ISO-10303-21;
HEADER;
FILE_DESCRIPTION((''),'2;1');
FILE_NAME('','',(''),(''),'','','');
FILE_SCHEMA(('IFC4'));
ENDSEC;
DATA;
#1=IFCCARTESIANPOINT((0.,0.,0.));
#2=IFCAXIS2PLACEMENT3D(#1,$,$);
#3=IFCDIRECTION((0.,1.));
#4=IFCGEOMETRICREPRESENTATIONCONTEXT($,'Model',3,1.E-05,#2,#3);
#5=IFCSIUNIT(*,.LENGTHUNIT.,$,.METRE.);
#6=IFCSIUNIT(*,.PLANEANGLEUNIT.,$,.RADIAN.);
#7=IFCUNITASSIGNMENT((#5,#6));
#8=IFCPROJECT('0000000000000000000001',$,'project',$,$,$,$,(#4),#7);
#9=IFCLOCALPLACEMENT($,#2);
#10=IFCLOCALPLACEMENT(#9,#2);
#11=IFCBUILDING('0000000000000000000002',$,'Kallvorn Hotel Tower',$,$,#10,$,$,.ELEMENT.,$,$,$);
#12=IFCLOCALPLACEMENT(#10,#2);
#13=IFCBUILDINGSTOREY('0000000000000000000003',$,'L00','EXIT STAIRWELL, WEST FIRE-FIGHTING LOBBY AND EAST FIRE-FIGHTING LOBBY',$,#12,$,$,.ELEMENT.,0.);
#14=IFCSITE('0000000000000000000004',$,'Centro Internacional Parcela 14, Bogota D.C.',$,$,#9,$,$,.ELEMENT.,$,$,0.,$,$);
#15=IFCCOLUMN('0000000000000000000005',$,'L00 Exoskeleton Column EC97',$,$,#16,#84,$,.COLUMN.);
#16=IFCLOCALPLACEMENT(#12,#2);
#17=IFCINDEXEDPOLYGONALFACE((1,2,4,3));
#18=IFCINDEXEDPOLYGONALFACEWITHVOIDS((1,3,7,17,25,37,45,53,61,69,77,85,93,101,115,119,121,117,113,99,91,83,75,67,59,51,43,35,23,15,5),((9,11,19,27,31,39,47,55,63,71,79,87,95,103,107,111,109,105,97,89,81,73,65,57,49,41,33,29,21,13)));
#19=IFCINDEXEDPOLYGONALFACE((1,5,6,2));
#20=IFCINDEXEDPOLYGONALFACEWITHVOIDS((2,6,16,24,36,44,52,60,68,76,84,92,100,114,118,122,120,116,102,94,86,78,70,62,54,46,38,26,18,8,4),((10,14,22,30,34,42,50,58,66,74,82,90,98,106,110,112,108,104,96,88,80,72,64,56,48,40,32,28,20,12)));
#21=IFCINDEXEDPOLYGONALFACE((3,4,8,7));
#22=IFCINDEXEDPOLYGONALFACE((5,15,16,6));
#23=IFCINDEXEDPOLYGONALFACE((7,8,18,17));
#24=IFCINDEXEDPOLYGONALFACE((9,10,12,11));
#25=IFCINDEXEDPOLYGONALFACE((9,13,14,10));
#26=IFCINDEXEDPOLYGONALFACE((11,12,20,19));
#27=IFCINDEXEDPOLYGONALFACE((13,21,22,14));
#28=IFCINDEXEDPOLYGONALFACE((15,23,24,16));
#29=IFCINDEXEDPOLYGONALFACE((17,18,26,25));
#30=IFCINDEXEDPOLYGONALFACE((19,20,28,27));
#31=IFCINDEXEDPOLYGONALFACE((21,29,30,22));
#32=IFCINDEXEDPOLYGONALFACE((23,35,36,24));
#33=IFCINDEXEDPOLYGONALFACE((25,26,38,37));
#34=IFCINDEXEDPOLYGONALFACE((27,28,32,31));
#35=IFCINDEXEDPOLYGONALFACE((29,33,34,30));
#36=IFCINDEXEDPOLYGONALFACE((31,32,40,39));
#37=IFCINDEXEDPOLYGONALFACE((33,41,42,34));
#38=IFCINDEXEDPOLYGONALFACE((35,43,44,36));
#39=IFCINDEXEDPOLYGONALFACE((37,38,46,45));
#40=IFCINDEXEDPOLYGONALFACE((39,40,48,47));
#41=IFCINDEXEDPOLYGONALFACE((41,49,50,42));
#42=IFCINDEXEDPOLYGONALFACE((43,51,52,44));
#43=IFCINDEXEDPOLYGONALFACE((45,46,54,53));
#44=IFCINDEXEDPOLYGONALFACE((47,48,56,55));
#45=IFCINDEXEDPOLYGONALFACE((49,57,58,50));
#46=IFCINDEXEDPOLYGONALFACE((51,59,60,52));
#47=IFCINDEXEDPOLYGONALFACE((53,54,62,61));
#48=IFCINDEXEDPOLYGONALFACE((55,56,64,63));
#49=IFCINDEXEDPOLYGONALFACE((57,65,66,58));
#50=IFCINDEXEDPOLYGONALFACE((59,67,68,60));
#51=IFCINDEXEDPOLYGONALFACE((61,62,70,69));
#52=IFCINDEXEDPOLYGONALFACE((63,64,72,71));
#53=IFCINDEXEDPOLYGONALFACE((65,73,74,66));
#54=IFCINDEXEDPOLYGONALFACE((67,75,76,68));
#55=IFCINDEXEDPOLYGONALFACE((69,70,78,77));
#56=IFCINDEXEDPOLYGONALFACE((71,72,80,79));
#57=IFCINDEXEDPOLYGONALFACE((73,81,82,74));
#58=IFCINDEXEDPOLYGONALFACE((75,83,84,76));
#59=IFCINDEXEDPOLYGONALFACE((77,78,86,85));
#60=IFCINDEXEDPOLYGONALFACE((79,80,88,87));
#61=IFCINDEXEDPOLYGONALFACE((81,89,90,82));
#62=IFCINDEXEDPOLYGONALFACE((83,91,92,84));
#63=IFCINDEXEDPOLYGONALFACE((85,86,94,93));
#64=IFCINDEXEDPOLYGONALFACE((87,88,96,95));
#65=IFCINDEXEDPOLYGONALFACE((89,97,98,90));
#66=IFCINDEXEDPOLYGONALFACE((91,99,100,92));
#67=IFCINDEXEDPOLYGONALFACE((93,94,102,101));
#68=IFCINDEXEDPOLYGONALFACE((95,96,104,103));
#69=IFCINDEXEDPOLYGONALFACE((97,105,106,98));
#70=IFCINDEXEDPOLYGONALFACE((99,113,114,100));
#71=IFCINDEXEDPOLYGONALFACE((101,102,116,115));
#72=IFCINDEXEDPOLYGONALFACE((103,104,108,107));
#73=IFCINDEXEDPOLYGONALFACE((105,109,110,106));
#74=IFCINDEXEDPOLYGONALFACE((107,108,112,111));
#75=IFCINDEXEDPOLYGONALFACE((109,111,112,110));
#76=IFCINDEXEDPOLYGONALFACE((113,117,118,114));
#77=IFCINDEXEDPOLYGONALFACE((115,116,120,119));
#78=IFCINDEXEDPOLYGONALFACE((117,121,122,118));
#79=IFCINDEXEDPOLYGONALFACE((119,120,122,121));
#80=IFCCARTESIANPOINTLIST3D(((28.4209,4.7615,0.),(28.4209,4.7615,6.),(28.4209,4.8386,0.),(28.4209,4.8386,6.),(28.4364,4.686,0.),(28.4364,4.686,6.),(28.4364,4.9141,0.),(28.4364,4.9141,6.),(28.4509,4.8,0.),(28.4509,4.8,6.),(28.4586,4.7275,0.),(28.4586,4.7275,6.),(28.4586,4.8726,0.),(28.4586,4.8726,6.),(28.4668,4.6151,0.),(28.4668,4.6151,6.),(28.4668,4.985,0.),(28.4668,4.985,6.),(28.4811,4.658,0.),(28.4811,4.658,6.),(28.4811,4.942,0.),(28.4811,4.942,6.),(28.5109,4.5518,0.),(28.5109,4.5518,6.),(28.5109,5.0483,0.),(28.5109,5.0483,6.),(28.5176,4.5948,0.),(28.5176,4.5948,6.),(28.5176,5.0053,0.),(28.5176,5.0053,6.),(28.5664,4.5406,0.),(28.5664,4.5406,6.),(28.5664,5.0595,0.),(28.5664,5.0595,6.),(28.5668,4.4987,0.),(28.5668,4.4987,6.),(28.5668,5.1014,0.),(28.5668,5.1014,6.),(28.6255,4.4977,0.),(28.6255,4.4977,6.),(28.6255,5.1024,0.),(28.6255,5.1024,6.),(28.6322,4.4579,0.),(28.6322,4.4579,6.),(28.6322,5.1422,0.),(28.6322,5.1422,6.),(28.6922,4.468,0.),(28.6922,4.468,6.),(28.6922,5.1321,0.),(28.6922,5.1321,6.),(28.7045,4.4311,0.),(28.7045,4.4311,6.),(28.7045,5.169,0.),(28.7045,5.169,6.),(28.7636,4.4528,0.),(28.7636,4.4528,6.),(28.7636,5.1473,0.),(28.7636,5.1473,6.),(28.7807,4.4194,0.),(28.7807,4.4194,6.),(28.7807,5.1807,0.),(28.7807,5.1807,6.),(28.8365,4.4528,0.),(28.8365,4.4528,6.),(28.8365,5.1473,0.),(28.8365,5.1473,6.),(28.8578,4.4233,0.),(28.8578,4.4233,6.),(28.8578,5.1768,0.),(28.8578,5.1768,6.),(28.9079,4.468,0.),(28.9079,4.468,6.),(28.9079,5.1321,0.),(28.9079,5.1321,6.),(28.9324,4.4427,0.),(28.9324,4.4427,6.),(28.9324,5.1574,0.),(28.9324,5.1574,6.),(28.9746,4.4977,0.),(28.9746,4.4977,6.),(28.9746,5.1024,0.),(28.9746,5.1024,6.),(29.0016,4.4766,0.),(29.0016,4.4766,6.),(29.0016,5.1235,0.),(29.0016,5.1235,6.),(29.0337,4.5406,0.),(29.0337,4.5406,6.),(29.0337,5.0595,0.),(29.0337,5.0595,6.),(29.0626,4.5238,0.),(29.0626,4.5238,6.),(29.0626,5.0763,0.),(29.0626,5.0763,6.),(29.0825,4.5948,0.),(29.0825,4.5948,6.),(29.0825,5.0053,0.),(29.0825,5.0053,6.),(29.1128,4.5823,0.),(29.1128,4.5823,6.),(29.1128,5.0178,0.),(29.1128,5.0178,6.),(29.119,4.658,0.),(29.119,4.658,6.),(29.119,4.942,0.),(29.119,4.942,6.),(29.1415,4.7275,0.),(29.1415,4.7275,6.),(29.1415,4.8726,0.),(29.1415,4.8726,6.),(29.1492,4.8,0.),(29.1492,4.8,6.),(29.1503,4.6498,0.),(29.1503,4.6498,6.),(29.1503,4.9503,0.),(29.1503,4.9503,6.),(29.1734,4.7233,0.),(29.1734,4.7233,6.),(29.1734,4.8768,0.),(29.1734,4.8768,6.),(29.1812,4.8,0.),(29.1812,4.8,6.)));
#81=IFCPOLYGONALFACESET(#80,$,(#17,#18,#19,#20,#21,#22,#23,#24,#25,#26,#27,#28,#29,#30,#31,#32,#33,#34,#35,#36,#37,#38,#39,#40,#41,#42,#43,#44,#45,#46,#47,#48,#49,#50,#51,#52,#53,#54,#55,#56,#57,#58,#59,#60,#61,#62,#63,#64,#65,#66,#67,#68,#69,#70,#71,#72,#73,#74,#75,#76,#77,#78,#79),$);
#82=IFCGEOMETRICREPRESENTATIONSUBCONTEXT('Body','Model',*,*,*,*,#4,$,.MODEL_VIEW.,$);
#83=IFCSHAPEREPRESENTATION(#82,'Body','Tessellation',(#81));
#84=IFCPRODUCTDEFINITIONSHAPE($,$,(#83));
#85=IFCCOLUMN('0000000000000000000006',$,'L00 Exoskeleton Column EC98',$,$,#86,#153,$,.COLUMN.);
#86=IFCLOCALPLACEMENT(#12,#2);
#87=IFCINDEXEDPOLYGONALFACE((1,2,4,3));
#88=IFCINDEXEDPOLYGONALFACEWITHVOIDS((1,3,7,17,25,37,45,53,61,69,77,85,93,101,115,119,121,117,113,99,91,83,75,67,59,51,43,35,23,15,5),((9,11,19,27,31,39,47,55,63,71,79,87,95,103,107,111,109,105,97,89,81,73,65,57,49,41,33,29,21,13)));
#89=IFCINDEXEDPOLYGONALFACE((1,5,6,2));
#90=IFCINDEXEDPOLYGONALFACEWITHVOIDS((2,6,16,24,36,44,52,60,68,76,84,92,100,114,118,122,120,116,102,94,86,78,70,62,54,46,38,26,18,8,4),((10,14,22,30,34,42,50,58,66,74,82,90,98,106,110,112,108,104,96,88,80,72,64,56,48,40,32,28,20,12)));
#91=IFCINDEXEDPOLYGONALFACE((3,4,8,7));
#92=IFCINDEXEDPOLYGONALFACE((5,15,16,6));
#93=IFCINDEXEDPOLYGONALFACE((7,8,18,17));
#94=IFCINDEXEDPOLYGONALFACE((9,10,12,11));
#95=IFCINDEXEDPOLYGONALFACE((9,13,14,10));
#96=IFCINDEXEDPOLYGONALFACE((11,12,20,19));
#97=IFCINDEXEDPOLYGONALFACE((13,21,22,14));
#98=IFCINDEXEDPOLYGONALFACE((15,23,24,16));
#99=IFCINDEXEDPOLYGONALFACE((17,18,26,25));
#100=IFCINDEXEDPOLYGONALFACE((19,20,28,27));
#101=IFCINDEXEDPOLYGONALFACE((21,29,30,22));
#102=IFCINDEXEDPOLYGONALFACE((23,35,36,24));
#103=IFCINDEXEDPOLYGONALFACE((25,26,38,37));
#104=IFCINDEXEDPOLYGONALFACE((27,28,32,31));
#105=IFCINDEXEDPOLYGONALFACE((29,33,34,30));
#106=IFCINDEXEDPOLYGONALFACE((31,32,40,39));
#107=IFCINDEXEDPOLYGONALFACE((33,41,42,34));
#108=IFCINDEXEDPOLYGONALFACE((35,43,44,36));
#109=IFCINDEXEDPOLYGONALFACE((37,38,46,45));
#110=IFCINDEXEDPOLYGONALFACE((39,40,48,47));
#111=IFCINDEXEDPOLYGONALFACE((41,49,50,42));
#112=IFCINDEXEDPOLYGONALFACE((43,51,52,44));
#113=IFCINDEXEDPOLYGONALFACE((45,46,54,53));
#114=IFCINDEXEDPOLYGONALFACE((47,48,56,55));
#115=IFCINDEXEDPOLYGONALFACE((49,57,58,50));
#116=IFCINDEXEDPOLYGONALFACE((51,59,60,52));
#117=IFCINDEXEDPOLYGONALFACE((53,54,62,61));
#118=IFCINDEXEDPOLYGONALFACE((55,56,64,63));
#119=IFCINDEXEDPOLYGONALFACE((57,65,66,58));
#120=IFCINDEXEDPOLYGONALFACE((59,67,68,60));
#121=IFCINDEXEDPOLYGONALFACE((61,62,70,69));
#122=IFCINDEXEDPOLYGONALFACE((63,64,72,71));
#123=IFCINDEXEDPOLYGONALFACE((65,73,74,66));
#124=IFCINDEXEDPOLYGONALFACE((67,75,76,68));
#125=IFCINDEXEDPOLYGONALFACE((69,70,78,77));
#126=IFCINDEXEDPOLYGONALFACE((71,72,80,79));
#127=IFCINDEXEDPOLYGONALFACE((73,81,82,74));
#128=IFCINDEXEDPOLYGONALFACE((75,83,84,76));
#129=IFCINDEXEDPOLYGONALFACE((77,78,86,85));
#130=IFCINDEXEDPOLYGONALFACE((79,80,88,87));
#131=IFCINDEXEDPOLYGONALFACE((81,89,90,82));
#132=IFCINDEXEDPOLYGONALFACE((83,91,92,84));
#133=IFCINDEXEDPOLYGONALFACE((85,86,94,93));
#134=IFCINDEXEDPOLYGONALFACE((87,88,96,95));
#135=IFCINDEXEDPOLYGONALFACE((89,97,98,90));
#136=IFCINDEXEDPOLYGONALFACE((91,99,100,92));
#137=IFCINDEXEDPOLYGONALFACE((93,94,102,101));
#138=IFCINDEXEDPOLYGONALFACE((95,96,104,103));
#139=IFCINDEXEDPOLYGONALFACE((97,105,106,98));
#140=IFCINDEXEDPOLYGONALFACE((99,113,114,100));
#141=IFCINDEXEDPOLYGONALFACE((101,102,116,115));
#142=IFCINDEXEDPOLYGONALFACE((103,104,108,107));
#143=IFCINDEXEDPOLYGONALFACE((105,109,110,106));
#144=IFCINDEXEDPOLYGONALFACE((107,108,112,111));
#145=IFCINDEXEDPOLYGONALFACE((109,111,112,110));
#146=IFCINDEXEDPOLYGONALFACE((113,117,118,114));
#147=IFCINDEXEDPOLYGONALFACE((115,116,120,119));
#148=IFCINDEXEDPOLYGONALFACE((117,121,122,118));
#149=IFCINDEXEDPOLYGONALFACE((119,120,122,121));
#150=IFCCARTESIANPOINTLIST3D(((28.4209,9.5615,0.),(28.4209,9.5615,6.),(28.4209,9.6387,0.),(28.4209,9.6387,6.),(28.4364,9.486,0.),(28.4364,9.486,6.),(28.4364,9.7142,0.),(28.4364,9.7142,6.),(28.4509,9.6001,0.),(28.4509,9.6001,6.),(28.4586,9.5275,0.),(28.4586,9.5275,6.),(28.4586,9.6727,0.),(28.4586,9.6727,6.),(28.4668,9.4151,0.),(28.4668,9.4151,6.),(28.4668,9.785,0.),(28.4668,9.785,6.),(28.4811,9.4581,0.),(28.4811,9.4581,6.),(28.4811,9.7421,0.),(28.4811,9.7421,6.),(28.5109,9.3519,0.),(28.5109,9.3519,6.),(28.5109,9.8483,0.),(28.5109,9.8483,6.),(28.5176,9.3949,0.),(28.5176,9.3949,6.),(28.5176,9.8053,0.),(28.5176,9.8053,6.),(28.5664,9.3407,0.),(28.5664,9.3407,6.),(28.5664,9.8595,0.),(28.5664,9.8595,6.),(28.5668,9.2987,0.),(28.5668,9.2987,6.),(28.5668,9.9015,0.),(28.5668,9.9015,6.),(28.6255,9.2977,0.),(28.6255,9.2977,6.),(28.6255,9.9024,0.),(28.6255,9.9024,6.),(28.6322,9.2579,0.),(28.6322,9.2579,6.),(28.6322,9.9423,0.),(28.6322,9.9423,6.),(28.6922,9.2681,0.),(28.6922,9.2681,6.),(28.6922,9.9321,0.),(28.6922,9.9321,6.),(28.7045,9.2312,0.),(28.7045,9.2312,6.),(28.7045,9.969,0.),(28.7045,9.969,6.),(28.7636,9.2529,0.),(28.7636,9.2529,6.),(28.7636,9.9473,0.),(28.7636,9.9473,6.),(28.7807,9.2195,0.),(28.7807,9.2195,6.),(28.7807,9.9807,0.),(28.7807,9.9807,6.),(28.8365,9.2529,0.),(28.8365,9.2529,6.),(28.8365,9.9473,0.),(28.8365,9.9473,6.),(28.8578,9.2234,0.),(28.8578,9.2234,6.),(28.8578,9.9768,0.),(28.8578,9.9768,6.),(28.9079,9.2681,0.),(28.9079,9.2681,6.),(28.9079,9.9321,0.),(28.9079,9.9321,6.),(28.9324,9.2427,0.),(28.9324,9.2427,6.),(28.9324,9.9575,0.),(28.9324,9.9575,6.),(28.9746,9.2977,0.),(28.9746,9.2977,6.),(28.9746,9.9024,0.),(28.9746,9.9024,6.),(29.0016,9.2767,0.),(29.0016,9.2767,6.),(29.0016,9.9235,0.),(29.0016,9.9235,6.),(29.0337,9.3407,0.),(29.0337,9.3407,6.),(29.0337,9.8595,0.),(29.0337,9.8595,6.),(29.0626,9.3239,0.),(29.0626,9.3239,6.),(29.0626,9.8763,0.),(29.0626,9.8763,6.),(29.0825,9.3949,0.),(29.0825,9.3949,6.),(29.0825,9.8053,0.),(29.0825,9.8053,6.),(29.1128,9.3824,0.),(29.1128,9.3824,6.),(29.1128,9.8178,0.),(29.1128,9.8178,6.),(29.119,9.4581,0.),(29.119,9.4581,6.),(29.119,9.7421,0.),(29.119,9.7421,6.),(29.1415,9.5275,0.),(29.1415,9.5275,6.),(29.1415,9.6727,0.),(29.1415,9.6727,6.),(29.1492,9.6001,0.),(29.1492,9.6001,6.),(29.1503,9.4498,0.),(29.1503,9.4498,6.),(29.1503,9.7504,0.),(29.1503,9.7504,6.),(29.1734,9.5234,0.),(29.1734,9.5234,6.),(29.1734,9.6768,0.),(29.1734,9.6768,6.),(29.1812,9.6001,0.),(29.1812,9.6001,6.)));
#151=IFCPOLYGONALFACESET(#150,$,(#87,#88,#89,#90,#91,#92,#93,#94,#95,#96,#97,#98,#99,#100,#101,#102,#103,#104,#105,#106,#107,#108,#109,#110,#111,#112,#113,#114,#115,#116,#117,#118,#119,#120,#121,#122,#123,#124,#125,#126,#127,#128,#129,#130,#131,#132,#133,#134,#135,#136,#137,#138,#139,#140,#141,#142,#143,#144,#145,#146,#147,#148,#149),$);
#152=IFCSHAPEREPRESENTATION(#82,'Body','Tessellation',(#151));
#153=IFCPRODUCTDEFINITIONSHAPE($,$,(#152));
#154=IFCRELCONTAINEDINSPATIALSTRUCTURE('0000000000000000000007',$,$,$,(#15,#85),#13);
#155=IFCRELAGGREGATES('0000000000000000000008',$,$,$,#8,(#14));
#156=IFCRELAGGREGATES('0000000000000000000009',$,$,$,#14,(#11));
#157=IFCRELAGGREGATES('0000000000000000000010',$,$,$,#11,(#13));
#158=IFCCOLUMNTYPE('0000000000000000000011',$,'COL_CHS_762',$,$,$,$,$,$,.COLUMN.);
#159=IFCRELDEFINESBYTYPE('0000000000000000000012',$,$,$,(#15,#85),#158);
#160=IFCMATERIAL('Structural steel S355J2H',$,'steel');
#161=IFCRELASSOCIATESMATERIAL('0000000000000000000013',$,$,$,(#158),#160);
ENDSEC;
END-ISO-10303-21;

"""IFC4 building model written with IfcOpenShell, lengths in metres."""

from ifc_helpers import new_model, si_unit, direction, frame, origin, origin_2d, place, context, subcontext, project, spatial, hollow_circle, extrude, material, material_profile, profile_set, type_object, element, save


model = new_model("IFC4")

# Units and contexts
model_context = context("Model", 3, precision=1e-05, world=origin(), true_north=direction((0.0, 1.0)))
body_context = subcontext(model_context, "Body", "Model", "MODEL_VIEW")
ifc_project = project(units=[si_unit("LENGTHUNIT", "METRE"), si_unit("PLANEANGLEUNIT", "RADIAN")], contexts=[model_context])

# Site, building, storey
site_placement = place(None, origin())
site = spatial("IfcSite", under=ifc_project, at=site_placement, Name="Centro Internacional Parcela 14, Bogota D.C.", CompositionType="ELEMENT", RefElevation=0.0)
building_placement = place(site_placement, origin())
building = spatial("IfcBuilding", under=site, at=building_placement, Name="Kallvorn Hotel Tower", CompositionType="ELEMENT")
storey_placement = place(building_placement, origin())
storey = spatial("IfcBuildingStorey", under=building, at=storey_placement, Name="L00", Description="EXIT STAIRWELL, WEST FIRE-FIGHTING LOBBY AND EAST FIRE-FIGHTING LOBBY", CompositionType="ELEMENT", Elevation=0.0)

# Columns
ifc_material_1 = material(Name="Structural steel S355J2H", Category="steel")
ifc_material_profile_1 = material_profile(ifc_material_1, hollow_circle(Radius=0.3811, WallThickness=0.032, at=origin_2d()), Name="CHS 762x32")
ifc_profile_set_1 = profile_set([ifc_material_profile_1], Name="Structural steel S355J2H")
column_type_1 = type_object("IfcColumnType", Name="COL_CHS_762", PredefinedType="COLUMN", material=ifc_profile_set_1)
for number, where, z_axis, x_axis, name in (
    (1, (28.8, 4.8, 0.0), (0.0, 0.0, 1.0), (1.0, 0.0, 0.0), "L00 Exoskeleton Column EC97"),
    (2, (28.8, 9.6001, 0.0), (0.0, 0.0, 1.0), (1.0, 0.0, 0.0), "L00 Exoskeleton Column EC98"),
):
    element("IfcColumn", number, at=place(storey_placement, frame(where, z_axis=z_axis, x_axis=x_axis)), inside=storey, type_object=column_type_1, Name=name, PredefinedType="COLUMN", context=body_context, shape_type="SweptSolid", body=[
        extrude(hollow_circle(Radius=0.3811, WallThickness=0.032, at=origin_2d()), origin(), (0.0, 0.0, 1.0), 6.0),
    ])

save(model, "model.ifc")
